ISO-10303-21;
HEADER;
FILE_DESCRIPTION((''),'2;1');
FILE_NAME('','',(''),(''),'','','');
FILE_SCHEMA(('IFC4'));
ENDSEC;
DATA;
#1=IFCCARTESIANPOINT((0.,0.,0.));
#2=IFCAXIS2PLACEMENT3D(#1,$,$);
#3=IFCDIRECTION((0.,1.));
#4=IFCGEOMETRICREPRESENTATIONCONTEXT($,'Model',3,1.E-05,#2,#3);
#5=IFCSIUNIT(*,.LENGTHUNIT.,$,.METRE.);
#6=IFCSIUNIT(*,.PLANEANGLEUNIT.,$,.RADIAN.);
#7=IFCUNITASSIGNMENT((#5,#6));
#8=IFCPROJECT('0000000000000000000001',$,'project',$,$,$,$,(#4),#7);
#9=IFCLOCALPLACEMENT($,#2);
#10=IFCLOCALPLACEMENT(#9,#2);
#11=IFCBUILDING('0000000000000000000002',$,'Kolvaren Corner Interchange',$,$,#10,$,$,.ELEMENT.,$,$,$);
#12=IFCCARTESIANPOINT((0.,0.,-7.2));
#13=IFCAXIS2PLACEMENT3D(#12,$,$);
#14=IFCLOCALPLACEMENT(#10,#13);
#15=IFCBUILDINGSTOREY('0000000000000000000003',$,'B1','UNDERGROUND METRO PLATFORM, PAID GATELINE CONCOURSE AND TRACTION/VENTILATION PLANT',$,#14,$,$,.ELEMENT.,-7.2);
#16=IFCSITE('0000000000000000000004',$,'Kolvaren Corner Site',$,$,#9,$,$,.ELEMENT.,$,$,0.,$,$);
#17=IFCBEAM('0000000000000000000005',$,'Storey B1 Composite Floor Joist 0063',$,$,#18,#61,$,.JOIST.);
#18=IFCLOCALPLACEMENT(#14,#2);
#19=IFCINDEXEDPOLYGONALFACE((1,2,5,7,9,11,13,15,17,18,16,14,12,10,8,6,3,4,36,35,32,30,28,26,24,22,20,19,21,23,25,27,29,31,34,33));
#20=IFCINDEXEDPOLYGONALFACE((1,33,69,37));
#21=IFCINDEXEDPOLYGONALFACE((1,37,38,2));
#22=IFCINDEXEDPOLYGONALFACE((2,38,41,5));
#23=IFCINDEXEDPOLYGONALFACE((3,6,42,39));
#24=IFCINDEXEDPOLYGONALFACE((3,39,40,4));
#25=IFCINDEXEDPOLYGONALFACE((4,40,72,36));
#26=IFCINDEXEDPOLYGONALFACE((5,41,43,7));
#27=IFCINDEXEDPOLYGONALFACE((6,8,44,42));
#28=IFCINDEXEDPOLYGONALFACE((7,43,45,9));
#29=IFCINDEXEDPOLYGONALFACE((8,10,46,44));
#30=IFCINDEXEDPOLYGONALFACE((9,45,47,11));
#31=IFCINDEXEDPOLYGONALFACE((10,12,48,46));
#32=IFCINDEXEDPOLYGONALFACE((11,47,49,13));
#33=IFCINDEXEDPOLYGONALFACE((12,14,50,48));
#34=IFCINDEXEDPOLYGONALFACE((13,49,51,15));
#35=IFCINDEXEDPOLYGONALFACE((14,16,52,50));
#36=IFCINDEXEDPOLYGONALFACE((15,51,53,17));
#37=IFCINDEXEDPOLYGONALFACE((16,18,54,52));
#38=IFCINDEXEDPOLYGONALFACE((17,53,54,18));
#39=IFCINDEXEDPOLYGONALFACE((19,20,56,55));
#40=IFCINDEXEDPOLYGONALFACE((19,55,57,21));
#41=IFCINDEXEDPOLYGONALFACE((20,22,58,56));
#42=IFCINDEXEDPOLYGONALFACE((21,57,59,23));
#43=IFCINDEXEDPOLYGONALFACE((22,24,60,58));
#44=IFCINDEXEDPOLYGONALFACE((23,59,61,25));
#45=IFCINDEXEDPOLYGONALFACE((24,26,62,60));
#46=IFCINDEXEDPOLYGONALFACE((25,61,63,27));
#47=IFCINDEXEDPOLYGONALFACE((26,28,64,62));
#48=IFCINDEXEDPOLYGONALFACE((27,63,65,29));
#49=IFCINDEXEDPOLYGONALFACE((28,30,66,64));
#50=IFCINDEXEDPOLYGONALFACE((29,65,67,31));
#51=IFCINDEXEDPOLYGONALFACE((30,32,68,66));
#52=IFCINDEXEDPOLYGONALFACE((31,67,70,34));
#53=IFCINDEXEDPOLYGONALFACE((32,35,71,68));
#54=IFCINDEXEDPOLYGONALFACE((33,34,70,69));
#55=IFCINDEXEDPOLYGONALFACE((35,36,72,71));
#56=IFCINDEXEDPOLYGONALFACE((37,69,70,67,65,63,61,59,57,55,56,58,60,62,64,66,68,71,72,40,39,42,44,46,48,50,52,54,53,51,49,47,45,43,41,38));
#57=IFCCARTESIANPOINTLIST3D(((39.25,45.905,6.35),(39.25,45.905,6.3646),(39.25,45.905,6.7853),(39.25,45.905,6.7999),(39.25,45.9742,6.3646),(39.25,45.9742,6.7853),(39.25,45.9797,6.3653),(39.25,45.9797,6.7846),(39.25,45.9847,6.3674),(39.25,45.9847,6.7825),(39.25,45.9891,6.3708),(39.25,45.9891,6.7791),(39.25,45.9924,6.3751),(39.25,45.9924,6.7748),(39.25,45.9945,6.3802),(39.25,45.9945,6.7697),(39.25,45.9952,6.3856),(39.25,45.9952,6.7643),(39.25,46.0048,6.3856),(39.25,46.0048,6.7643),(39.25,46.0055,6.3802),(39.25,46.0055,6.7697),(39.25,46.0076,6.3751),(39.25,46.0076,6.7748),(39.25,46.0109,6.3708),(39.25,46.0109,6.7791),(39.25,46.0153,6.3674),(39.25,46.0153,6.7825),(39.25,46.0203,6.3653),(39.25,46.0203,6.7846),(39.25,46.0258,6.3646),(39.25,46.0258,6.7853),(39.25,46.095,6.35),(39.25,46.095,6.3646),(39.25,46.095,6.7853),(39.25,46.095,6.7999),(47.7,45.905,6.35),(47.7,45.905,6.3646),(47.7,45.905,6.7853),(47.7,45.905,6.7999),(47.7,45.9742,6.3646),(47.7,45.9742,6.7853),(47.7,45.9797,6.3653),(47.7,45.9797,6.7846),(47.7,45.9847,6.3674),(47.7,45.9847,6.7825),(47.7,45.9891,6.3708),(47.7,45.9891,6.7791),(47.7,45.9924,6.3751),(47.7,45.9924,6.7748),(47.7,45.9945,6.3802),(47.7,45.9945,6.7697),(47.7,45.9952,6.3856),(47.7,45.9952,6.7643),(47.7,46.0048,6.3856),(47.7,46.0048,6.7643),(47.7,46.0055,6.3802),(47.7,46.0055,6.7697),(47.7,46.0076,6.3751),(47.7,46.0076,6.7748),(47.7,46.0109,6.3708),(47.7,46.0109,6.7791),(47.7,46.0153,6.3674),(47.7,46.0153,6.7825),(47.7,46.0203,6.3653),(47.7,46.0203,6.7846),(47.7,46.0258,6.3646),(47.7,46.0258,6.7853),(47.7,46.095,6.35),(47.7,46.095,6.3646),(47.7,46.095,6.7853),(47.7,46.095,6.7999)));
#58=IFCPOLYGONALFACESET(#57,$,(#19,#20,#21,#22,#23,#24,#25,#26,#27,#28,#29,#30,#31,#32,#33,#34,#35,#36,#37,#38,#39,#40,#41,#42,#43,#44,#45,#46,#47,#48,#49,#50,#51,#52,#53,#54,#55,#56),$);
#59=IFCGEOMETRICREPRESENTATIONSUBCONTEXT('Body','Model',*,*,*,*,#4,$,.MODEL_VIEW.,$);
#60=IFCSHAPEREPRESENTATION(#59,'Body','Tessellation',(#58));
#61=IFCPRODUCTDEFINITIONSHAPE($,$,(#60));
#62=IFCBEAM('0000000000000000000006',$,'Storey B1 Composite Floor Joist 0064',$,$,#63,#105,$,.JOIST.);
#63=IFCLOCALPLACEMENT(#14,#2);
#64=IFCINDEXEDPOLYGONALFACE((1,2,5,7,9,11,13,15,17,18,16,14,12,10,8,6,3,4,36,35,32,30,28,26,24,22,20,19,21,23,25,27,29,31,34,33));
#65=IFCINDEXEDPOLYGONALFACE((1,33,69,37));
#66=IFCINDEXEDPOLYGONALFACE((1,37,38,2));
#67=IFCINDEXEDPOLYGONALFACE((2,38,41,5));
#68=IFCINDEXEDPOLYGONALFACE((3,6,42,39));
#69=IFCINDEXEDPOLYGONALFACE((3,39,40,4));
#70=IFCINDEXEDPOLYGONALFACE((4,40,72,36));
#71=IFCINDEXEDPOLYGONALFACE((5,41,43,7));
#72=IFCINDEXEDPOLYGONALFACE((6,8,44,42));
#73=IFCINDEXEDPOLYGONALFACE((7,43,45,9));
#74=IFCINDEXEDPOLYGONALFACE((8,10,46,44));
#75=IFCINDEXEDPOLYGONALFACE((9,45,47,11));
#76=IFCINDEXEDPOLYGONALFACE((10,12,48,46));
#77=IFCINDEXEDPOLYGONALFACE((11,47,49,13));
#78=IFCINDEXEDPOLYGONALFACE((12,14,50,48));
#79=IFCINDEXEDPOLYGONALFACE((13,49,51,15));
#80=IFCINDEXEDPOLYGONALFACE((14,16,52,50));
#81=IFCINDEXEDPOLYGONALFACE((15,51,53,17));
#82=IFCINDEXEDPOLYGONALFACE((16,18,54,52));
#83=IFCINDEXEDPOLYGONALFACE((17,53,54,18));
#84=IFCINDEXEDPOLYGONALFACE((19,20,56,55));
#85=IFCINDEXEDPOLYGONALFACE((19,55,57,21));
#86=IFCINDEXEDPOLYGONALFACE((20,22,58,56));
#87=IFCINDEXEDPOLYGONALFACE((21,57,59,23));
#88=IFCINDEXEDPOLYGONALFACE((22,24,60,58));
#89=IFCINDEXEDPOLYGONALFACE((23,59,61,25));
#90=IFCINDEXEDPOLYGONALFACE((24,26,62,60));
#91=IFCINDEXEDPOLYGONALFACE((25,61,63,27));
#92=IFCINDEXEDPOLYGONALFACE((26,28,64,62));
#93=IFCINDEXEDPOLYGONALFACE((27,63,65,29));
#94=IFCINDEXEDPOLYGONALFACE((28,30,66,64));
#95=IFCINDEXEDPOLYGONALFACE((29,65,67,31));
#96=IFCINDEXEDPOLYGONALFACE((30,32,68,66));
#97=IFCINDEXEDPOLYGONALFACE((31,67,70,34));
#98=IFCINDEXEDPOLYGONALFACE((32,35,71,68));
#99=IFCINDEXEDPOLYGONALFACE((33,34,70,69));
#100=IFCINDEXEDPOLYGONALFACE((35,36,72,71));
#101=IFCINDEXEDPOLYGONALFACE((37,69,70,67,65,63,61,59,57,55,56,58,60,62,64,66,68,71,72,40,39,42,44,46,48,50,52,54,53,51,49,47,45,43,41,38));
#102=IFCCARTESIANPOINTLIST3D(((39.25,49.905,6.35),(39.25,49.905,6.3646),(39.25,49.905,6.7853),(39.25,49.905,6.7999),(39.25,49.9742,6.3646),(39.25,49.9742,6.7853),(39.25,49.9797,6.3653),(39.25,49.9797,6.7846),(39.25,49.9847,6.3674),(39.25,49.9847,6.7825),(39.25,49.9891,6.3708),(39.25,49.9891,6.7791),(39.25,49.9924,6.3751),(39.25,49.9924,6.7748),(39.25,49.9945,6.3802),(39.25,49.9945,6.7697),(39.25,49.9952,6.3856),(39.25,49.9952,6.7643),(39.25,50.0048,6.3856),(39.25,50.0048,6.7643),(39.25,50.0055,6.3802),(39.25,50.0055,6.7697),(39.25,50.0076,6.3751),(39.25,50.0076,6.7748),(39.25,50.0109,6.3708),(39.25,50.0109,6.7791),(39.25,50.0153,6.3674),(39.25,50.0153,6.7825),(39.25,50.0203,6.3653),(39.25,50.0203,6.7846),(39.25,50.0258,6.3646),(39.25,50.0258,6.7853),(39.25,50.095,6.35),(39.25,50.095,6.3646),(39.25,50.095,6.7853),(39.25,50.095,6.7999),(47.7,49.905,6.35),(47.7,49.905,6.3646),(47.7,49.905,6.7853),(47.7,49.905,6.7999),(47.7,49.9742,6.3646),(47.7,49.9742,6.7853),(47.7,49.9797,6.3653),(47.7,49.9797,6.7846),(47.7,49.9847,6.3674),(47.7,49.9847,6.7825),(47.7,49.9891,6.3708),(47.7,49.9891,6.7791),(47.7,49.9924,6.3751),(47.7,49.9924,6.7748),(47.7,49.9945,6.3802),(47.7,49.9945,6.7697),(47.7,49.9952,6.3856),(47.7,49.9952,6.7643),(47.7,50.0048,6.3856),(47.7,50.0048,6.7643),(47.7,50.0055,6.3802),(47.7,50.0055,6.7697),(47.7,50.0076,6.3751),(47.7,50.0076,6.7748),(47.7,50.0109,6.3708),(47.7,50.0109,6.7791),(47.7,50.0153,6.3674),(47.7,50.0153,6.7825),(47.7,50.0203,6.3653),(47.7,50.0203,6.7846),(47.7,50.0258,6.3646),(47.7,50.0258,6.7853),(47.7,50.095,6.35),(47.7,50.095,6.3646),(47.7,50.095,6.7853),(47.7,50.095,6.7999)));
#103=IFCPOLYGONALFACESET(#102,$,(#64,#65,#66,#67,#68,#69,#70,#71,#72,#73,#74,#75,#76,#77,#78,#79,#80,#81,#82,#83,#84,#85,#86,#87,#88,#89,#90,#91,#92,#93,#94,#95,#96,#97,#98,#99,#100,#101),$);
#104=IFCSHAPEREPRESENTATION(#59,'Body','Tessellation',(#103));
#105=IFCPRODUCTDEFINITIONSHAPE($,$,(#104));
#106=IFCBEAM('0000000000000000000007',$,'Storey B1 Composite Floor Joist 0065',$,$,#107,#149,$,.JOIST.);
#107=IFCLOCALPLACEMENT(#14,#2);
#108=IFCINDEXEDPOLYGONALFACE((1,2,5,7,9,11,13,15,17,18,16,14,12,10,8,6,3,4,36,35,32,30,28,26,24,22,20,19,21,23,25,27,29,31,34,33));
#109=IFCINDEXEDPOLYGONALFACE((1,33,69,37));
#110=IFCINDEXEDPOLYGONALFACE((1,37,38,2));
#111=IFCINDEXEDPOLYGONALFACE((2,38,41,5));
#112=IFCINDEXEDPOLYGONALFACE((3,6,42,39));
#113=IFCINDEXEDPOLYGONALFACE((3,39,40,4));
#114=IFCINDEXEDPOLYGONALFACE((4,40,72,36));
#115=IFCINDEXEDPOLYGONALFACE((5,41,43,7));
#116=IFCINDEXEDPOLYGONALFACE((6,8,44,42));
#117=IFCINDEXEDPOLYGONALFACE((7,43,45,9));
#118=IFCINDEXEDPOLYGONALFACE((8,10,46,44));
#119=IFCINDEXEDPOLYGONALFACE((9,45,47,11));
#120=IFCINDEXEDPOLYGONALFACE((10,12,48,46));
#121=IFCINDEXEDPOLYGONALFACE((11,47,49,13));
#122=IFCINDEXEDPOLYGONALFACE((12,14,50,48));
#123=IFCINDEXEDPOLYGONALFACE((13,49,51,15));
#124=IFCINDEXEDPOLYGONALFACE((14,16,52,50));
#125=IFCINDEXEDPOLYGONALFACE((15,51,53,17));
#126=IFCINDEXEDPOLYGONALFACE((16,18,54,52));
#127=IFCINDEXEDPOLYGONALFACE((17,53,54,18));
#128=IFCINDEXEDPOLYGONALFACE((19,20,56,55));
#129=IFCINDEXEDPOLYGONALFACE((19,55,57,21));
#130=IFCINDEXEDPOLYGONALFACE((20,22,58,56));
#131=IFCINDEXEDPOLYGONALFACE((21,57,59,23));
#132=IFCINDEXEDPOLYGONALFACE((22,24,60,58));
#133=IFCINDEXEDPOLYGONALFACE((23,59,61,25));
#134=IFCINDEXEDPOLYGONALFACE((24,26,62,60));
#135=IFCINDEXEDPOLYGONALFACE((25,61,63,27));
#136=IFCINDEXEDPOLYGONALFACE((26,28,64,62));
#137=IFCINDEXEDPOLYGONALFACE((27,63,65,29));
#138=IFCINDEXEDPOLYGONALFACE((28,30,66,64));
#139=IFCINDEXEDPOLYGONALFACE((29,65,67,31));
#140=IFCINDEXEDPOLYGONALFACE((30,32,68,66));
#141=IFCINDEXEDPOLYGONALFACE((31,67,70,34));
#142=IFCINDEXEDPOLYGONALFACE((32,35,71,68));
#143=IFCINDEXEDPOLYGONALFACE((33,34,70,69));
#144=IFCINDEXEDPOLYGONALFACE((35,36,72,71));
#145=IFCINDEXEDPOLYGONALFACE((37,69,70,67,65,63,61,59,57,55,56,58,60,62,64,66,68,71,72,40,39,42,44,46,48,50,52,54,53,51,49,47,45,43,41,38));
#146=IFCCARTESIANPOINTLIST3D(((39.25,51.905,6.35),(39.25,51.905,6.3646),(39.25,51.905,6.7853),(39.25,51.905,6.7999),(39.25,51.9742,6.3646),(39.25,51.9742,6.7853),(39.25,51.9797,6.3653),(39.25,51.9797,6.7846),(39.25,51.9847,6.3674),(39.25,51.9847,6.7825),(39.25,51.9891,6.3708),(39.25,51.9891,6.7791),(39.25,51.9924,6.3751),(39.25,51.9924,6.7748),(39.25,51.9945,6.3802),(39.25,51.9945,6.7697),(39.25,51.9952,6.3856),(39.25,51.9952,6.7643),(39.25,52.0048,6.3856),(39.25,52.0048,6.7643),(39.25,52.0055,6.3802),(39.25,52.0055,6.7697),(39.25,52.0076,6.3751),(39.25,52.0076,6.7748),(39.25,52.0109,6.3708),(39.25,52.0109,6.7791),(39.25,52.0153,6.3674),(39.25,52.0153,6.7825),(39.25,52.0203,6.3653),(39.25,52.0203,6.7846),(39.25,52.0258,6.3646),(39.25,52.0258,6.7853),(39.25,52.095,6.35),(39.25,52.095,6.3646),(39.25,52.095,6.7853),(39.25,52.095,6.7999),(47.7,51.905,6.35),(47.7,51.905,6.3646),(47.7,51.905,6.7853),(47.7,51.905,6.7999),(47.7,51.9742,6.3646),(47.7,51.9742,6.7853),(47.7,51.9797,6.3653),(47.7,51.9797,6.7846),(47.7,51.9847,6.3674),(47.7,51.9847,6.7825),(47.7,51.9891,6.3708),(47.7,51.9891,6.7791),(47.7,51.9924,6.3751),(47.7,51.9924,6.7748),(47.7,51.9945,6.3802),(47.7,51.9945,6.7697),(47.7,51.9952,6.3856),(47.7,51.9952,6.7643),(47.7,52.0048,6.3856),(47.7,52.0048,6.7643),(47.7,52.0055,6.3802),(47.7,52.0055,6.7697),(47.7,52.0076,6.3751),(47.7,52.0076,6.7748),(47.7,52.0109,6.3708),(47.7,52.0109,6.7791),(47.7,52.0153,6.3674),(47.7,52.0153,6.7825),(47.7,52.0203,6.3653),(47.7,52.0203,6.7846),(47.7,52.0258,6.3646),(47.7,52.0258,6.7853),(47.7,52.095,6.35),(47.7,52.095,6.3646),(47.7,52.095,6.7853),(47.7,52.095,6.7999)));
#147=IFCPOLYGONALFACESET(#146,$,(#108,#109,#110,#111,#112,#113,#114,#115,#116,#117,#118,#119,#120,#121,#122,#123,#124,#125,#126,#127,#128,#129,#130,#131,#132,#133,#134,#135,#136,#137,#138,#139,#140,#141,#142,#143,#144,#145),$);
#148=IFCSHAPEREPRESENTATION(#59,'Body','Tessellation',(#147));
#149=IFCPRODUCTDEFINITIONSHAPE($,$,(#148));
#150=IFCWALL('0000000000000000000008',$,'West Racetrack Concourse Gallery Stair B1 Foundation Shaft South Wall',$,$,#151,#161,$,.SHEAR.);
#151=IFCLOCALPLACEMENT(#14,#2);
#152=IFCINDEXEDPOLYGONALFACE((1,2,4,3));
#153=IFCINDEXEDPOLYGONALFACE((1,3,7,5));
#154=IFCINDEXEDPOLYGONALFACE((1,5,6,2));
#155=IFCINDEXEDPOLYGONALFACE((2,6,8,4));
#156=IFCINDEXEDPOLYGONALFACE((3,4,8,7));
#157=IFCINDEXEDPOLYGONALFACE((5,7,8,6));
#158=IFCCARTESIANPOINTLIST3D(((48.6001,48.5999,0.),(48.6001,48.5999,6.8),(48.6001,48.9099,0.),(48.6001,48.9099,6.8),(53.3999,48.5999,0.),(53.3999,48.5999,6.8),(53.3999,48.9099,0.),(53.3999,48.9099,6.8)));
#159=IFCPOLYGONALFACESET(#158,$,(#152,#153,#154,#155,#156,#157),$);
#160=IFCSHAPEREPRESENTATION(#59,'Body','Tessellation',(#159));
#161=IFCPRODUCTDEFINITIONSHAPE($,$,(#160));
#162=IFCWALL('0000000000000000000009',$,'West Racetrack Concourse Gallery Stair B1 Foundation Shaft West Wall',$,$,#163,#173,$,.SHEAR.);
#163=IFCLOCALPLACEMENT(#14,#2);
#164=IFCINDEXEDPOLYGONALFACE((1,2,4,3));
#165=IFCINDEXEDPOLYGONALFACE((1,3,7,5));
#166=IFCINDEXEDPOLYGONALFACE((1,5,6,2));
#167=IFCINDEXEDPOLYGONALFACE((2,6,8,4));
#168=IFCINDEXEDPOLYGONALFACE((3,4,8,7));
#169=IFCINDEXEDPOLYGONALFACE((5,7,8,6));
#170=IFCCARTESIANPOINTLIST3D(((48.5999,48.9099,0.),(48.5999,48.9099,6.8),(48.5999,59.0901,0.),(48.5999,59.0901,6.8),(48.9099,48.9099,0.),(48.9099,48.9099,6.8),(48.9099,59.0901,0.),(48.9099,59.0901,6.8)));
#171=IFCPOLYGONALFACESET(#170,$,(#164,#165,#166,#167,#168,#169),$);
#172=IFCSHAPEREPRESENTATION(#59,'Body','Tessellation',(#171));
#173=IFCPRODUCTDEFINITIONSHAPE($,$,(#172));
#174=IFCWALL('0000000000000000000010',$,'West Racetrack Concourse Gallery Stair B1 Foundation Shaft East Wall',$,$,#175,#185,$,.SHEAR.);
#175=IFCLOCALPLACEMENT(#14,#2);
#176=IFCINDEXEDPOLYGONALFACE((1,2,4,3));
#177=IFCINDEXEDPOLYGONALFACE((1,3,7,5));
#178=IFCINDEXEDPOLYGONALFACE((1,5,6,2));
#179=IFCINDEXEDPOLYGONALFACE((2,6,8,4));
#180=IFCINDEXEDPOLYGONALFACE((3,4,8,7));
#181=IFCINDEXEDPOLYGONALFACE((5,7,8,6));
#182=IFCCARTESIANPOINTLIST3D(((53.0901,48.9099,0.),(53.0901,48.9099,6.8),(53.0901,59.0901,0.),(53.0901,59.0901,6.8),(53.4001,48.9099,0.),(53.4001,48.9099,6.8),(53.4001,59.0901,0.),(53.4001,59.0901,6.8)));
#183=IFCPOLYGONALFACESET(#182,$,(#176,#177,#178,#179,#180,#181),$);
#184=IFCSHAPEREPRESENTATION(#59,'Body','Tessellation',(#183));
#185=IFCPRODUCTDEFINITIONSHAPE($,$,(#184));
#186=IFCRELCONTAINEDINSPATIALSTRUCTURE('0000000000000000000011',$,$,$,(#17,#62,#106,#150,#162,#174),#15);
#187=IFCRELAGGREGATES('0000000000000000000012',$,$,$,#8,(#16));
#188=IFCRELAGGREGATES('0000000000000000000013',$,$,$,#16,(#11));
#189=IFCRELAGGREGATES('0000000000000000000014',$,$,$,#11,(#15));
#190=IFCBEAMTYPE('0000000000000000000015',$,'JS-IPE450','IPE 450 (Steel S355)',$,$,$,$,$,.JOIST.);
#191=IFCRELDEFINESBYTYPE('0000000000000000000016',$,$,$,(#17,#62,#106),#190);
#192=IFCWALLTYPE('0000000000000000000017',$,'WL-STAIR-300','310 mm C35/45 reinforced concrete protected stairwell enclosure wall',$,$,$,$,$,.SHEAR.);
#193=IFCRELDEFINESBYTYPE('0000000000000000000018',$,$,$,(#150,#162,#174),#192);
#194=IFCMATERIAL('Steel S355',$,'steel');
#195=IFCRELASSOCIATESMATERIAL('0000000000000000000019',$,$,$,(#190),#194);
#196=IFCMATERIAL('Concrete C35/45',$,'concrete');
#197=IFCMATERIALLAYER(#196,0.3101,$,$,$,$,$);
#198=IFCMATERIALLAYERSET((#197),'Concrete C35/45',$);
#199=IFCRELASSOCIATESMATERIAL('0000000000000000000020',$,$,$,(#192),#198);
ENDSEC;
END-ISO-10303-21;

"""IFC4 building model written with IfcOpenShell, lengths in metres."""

from ifc_helpers import new_model, si_unit, direction, frame, frame_2d, origin, origin_2d, place, context, subcontext, project, spatial, rectangle, i_section, extrude, material, layer, layer_set, material_profile, profile_set, type_object, element, save


model = new_model("IFC4")

# Units and contexts
model_context = context("Model", 3, precision=1e-05, world=origin(), true_north=direction((0.0, 1.0)))
body_context = subcontext(model_context, "Body", "Model", "MODEL_VIEW")
ifc_project = project(units=[si_unit("LENGTHUNIT", "METRE"), si_unit("PLANEANGLEUNIT", "RADIAN")], contexts=[model_context])

# Site, building, storey
site_placement = place(None, origin())
site = spatial("IfcSite", under=ifc_project, at=site_placement, Name="Kolvaren Corner Site", CompositionType="ELEMENT", RefElevation=0.0)
building_placement = place(site_placement, origin())
building = spatial("IfcBuilding", under=site, at=building_placement, Name="Kolvaren Corner Interchange", CompositionType="ELEMENT")
storey_placement = place(building_placement, frame((0.0, 0.0, -7.2)))
storey = spatial("IfcBuildingStorey", under=building, at=storey_placement, Name="B1", Description="UNDERGROUND METRO PLATFORM, PAID GATELINE CONCOURSE AND TRACTION/VENTILATION PLANT", CompositionType="ELEMENT", Elevation=-7.2)

# Beams
ifc_material_1 = material(Name="Steel S355", Category="steel")
ifc_material_profile_1 = material_profile(ifc_material_1, i_section(OverallWidth=0.1899, OverallDepth=0.45, WebThickness=0.0095, FlangeThickness=0.0146, FilletRadius=0.021, at=origin_2d()), Name="IPE 450")
ifc_profile_set_1 = profile_set([ifc_material_profile_1], Name="Steel S355")
beam_type_1 = type_object("IfcBeamType", Name="JS-IPE450", Description="IPE 450 (Steel S355)", PredefinedType="JOIST", material=ifc_profile_set_1)
for number, where, z_axis, x_axis, name in (
    (1, (39.25, 46.0, 6.575), (1.0, 0.0, 0.0), (0.0, 1.0, 0.0), "Storey B1 Composite Floor Joist 0063"),
    (2, (39.25, 50.0, 6.575), (1.0, 0.0, 0.0), (0.0, 1.0, 0.0), "Storey B1 Composite Floor Joist 0064"),
    (3, (39.25, 52.0, 6.575), (1.0, 0.0, 0.0), (0.0, 1.0, 0.0), "Storey B1 Composite Floor Joist 0065"),
):
    element("IfcBeam", number, at=place(storey_placement, frame(where, z_axis=z_axis, x_axis=x_axis)), inside=storey, type_object=beam_type_1, Name=name, PredefinedType="JOIST", context=body_context, shape_type="SweptSolid", body=[
        extrude(i_section(OverallWidth=0.1899, OverallDepth=0.45, WebThickness=0.0095, FlangeThickness=0.0146, FilletRadius=0.021, at=origin_2d()), origin(), (0.0, 0.0, 1.0), 8.45),
    ])

# Walls
ifc_material_2 = material(Name="Concrete C35/45", Category="concrete")
ifc_layer_1 = layer(ifc_material_2, 0.3101)
ifc_layer_set_1 = layer_set([ifc_layer_1], Name="Concrete C35/45")
wall_type_1 = type_object("IfcWallType", Name="WL-STAIR-300", Description="310 mm C35/45 reinforced concrete protected stairwell enclosure wall", PredefinedType="SHEAR", material=ifc_layer_set_1)
wall_1_placement = place(storey_placement, frame((48.6001, 48.7549, 0.0), z_axis=(0.0, 0.0, 1.0), x_axis=(1.0, 0.0, 0.0)))
element("IfcWall", 4, at=wall_1_placement, inside=storey, type_object=wall_type_1, Name="West Racetrack Concourse Gallery Stair B1 Foundation Shaft South Wall", PredefinedType="SHEAR", context=body_context, shape_type="SweptSolid", body=[
    extrude(rectangle(XDim=4.7998, YDim=0.3101, at=frame_2d((2.3999, 0.0))), origin(), (0.0, 0.0, 1.0), 6.8),
])
for number, where, z_axis, x_axis, name in (
    (5, (48.7549, 48.9099, 0.0), (0.0, 0.0, 1.0), (0.0, 1.0, 0.0), "West Racetrack Concourse Gallery Stair B1 Foundation Shaft West Wall"),
    (6, (53.2451, 48.9099, 0.0), (0.0, 0.0, 1.0), (0.0, 1.0, 0.0), "West Racetrack Concourse Gallery Stair B1 Foundation Shaft East Wall"),
):
    element("IfcWall", number, at=place(storey_placement, frame(where, z_axis=z_axis, x_axis=x_axis)), inside=storey, type_object=wall_type_1, Name=name, PredefinedType="SHEAR", context=body_context, shape_type="SweptSolid", body=[
        extrude(rectangle(XDim=10.1802, YDim=0.3101, at=frame_2d((5.0901, 0.0))), origin(), (0.0, 0.0, 1.0), 6.8),
    ])

save(model, "model.ifc")
